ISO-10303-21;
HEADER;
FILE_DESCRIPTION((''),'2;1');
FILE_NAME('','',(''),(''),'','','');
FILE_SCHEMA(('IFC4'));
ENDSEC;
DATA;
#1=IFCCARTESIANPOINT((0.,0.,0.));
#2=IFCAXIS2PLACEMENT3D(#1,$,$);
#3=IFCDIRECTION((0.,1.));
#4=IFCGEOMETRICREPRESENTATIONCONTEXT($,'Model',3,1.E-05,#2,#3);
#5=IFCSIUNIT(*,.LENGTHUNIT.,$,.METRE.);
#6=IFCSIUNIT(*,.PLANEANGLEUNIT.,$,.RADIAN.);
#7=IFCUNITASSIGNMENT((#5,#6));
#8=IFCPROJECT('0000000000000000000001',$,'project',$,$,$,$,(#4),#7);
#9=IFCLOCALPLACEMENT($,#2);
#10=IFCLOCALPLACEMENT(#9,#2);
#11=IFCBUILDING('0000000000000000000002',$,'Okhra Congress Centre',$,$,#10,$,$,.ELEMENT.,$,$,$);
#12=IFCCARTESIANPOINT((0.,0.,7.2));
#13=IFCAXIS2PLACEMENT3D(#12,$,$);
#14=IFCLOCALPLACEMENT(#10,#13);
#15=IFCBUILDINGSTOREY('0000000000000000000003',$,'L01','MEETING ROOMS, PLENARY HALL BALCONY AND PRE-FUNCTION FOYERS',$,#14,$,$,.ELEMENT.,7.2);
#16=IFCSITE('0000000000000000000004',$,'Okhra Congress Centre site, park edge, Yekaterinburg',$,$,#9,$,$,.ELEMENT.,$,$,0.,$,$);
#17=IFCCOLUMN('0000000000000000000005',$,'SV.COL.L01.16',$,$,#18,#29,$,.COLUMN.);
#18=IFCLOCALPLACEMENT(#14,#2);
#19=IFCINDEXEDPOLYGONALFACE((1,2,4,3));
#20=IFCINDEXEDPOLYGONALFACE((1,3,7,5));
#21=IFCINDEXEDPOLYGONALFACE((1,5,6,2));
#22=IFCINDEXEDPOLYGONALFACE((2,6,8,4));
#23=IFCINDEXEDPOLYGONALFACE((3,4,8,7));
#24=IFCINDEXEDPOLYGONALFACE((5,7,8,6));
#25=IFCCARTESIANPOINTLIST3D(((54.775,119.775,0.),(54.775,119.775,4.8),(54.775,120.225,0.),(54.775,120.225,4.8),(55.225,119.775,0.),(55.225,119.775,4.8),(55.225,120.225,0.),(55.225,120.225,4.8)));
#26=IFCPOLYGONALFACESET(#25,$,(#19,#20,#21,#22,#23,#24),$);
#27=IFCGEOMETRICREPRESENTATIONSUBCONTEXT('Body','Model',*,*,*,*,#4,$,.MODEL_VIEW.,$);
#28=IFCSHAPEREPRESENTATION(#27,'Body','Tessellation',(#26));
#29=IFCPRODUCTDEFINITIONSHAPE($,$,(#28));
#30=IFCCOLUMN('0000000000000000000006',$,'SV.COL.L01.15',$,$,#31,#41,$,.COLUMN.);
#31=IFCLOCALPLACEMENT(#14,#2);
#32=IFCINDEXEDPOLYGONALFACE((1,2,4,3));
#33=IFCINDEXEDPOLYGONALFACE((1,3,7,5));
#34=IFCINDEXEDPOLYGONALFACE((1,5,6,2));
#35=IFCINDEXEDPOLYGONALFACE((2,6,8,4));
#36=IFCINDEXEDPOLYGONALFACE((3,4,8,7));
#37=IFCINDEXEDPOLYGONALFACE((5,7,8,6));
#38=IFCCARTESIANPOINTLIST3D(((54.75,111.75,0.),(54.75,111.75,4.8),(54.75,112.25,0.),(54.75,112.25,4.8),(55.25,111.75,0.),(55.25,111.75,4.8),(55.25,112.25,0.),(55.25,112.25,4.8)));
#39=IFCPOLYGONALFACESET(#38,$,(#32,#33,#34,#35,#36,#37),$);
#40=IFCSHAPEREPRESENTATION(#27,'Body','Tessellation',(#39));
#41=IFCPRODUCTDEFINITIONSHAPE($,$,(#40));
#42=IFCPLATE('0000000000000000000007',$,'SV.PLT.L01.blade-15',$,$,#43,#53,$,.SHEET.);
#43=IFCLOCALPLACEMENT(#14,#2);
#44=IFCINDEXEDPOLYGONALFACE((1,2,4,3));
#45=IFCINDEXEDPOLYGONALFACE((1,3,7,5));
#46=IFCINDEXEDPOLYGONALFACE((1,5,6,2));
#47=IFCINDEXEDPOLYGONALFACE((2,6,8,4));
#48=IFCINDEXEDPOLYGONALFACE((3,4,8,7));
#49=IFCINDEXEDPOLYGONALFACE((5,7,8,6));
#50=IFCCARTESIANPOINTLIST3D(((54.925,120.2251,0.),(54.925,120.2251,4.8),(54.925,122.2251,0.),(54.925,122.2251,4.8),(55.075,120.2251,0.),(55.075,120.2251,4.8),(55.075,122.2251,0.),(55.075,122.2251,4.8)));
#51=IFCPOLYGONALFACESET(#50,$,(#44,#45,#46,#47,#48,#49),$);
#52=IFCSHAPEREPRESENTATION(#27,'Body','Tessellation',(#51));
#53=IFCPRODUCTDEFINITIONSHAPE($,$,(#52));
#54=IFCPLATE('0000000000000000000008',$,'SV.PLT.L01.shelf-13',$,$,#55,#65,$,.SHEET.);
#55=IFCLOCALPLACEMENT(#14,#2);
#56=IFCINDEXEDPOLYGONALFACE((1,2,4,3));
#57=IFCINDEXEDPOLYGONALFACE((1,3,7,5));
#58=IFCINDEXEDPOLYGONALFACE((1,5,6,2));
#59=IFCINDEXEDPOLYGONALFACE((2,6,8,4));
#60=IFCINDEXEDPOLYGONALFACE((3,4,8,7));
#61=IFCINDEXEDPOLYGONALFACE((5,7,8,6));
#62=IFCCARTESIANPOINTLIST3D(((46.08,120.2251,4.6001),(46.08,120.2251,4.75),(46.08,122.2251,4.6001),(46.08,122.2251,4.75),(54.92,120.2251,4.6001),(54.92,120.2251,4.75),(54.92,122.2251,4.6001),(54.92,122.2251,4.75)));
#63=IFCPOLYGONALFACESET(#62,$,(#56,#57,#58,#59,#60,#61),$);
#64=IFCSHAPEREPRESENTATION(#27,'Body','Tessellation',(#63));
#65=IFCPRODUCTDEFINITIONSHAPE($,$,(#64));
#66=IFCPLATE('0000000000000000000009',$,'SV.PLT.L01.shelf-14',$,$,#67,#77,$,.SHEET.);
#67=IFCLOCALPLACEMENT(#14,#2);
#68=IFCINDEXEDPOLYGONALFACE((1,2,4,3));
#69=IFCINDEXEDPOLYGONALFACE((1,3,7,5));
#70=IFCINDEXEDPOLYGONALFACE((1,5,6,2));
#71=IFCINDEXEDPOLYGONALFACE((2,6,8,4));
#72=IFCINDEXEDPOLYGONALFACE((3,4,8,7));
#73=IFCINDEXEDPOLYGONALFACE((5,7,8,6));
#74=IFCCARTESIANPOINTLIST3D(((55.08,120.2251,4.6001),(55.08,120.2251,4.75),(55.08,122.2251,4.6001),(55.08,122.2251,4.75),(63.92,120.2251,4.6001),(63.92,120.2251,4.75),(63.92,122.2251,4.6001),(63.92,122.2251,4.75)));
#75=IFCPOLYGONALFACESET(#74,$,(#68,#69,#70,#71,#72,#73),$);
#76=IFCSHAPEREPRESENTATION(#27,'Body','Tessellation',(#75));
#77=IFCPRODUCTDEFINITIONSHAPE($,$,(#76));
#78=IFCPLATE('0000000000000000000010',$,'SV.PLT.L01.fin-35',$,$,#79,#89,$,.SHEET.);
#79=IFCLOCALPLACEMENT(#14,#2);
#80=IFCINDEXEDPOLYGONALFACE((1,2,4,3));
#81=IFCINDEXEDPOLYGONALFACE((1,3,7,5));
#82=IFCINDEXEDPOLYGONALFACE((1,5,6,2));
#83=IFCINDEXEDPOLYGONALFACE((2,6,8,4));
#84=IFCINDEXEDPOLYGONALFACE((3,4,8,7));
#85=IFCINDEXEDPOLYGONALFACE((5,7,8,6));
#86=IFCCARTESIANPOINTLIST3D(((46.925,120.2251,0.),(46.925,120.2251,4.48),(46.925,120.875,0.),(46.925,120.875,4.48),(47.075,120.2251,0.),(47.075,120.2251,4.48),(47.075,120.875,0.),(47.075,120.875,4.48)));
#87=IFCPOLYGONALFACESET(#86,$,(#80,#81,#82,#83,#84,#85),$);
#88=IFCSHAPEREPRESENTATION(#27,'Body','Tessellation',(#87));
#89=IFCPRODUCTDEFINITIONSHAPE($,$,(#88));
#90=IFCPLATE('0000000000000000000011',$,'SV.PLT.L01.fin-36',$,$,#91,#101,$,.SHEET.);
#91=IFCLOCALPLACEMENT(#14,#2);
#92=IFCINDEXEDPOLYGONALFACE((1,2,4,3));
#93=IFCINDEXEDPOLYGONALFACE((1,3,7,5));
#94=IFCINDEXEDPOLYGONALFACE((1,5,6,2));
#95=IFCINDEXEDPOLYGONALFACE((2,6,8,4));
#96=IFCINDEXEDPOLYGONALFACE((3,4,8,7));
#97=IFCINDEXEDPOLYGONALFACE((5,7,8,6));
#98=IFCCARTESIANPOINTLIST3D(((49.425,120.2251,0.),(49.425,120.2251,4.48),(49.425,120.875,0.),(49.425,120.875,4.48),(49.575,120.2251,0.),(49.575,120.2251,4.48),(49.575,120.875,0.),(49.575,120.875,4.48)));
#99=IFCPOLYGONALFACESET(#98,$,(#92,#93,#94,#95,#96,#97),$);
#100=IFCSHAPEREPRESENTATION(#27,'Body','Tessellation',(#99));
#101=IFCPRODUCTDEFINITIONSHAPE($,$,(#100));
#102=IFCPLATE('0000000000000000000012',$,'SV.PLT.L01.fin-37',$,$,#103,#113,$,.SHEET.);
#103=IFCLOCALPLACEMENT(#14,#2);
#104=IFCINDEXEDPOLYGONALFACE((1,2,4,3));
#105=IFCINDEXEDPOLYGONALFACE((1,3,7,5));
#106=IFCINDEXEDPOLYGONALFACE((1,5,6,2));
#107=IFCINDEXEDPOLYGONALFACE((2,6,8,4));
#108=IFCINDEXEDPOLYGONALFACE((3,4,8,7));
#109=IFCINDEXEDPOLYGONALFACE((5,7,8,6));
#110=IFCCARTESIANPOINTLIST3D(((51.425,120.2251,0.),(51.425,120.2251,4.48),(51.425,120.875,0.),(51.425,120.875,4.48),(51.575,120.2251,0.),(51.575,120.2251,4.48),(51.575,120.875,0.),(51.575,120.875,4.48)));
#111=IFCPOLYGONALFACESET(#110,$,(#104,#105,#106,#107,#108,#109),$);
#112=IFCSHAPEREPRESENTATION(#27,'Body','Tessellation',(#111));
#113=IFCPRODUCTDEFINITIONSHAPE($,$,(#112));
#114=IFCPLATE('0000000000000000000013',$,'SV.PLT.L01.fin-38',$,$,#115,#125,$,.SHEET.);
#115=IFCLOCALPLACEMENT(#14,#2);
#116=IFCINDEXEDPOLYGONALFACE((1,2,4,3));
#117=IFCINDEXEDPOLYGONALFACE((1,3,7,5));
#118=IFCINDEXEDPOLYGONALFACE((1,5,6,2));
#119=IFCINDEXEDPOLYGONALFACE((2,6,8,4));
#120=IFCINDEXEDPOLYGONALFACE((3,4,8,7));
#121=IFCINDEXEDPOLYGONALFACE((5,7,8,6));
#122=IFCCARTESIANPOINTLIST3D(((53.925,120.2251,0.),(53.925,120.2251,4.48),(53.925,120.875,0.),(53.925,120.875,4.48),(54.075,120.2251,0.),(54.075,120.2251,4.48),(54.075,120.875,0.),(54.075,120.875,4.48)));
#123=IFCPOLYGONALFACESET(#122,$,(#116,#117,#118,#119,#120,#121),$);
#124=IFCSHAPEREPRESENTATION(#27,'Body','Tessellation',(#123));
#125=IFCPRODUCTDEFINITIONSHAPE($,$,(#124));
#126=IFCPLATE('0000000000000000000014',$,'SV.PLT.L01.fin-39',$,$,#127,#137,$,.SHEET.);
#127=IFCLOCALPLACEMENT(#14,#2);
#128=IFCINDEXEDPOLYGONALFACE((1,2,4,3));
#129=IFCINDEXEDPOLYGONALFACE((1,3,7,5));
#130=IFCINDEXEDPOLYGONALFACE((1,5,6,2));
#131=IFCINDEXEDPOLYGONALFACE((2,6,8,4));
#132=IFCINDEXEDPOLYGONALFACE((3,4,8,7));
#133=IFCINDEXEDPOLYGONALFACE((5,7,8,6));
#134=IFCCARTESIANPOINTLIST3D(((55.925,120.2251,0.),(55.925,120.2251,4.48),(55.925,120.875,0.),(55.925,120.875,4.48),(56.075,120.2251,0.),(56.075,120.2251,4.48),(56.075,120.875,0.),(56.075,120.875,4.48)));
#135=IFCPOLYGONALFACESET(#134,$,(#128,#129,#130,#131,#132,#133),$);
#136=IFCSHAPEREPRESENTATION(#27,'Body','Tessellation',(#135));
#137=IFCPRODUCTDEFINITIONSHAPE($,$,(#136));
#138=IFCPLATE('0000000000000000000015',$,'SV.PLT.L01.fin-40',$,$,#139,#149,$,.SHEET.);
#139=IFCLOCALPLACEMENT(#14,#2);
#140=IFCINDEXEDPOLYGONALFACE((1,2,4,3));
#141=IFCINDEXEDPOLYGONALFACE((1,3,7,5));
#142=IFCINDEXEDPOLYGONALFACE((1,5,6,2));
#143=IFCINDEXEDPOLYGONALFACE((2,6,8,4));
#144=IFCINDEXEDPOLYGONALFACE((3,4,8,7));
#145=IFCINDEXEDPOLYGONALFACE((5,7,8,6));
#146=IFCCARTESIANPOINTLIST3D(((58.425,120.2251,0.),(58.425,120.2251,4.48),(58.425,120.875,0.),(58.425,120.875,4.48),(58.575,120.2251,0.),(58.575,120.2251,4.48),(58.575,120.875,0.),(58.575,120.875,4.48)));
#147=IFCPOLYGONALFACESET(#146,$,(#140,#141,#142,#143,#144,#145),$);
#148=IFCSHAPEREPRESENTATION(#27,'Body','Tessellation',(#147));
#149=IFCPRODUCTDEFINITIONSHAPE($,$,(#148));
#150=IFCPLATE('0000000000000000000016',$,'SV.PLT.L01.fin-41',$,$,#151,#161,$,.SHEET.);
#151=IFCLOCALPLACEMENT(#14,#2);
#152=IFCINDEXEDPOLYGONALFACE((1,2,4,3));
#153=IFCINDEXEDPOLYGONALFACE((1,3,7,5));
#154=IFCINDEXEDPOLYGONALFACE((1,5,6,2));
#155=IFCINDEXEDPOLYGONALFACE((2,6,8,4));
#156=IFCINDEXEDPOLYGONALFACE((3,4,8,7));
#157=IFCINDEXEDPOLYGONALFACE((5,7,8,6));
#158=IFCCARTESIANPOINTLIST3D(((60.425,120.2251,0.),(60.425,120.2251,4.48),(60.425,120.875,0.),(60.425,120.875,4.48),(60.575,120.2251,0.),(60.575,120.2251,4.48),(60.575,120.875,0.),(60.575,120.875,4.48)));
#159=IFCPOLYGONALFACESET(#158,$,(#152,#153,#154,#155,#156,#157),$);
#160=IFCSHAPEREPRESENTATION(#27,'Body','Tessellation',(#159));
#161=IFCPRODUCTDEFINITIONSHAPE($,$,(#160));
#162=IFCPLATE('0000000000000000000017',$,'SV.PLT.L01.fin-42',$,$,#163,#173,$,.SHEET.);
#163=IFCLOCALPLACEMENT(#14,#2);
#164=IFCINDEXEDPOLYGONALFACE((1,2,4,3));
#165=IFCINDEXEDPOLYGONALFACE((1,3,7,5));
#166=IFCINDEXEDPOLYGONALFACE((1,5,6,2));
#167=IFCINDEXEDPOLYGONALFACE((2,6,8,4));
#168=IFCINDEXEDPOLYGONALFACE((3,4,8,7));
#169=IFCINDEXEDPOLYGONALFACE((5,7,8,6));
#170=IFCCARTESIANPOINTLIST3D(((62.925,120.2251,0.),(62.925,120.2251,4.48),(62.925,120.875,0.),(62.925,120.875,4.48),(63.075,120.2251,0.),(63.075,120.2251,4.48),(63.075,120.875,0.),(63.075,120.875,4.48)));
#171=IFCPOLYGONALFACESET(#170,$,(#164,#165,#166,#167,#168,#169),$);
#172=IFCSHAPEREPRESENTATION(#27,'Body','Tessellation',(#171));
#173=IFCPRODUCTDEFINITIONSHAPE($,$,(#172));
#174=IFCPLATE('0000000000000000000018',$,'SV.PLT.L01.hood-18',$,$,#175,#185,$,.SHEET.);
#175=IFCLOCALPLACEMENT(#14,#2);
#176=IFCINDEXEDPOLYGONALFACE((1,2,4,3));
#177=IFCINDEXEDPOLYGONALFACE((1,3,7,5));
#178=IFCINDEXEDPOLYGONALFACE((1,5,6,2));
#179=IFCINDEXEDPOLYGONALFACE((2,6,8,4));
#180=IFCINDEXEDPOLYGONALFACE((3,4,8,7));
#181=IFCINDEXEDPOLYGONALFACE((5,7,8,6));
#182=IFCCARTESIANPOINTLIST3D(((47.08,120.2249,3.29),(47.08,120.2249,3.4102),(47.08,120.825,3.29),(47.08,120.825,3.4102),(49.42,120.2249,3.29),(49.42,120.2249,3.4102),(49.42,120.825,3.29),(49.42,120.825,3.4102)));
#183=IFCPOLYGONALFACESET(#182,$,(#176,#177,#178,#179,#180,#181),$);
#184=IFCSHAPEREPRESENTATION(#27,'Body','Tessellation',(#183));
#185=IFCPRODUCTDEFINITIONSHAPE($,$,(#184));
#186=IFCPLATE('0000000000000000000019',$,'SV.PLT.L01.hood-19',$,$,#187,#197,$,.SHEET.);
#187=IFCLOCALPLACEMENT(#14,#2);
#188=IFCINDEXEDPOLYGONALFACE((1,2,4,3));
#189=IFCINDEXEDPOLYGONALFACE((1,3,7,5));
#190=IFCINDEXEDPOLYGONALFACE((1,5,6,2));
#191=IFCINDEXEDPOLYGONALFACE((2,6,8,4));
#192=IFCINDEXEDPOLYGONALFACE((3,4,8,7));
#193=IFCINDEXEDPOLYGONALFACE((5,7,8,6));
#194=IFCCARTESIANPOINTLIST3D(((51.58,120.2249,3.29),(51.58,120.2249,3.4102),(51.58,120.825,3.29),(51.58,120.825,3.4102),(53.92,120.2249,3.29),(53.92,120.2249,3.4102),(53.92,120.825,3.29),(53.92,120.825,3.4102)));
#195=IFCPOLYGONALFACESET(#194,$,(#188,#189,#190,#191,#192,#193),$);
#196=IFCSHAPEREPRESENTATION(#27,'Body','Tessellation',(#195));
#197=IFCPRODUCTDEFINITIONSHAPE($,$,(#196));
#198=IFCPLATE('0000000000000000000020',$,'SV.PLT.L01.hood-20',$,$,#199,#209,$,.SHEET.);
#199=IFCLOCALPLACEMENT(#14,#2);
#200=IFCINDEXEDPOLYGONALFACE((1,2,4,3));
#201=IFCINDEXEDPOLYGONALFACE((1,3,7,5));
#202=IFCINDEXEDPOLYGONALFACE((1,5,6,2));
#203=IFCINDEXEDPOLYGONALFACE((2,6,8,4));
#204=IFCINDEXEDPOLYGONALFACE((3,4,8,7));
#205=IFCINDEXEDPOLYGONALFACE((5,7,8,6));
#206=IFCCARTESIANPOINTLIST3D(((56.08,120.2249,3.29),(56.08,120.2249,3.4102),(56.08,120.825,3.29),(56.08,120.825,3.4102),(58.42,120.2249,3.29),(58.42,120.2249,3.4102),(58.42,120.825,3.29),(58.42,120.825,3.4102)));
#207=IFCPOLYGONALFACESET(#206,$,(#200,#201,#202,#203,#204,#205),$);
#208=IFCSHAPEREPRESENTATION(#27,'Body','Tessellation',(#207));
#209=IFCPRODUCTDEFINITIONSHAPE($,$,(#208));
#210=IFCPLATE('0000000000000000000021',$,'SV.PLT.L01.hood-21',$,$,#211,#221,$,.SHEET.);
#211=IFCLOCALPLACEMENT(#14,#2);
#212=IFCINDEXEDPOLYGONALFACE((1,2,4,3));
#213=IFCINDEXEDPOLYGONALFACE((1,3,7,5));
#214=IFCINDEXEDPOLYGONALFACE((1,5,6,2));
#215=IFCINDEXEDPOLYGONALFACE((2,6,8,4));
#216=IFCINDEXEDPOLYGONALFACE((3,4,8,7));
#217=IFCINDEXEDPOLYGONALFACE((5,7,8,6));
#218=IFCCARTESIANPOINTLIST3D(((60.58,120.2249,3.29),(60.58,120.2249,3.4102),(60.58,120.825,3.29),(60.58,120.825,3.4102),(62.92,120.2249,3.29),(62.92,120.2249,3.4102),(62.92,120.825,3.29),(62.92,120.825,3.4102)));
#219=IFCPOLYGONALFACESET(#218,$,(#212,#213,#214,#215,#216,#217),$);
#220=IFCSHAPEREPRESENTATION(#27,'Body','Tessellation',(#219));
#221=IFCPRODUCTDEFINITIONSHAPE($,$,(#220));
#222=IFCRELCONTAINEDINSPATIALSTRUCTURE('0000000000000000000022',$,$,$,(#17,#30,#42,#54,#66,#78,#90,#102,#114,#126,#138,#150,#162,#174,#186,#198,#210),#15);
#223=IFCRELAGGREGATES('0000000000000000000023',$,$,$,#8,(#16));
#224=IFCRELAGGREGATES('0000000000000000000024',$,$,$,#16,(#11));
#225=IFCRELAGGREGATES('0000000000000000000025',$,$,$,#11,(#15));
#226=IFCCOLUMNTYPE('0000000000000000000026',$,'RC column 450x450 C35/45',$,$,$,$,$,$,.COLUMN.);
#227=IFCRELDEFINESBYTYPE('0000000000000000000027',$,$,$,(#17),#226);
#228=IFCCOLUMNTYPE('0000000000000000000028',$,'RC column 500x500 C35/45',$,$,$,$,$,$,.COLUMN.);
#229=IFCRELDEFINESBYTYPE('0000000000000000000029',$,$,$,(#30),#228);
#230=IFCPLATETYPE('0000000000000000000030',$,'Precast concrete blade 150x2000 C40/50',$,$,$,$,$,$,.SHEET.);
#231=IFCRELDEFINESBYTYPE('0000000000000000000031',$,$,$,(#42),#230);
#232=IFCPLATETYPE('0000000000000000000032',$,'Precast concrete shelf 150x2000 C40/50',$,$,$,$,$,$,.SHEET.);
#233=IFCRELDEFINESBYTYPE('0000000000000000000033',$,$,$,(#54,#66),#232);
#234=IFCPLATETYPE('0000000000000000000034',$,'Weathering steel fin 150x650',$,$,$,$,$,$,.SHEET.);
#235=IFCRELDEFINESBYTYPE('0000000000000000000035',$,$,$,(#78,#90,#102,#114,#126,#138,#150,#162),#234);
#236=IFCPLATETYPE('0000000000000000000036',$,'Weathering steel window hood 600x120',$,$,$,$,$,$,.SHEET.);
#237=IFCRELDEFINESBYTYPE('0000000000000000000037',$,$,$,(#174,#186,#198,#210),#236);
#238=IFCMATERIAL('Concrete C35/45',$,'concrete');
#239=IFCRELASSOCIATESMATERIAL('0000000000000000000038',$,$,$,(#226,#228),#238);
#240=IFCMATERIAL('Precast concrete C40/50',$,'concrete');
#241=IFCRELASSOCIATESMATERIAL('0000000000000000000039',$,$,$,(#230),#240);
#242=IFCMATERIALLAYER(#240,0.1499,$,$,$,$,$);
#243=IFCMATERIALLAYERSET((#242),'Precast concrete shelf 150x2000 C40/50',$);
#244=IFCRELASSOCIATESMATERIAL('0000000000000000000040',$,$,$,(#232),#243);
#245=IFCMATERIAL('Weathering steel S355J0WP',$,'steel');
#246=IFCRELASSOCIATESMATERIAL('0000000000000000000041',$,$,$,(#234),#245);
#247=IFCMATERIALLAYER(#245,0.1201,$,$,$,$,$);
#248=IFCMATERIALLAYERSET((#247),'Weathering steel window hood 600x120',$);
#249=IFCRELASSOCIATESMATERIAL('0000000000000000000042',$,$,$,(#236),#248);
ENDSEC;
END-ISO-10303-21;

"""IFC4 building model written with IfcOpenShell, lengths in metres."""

from ifc_helpers import new_model, si_unit, direction, frame, origin, origin_2d, place, context, subcontext, project, spatial, rectangle, extrude, material, layer, layer_set, material_profile, profile_set, type_object, element, save


model = new_model("IFC4")

# Units and contexts
model_context = context("Model", 3, precision=1e-05, world=origin(), true_north=direction((0.0, 1.0)))
body_context = subcontext(model_context, "Body", "Model", "MODEL_VIEW")
ifc_project = project(units=[si_unit("LENGTHUNIT", "METRE"), si_unit("PLANEANGLEUNIT", "RADIAN")], contexts=[model_context])

# Site, building, storey
site_placement = place(None, origin())
site = spatial("IfcSite", under=ifc_project, at=site_placement, Name="Okhra Congress Centre site, park edge, Yekaterinburg", CompositionType="ELEMENT", RefElevation=0.0)
building_placement = place(site_placement, origin())
building = spatial("IfcBuilding", under=site, at=building_placement, Name="Okhra Congress Centre", CompositionType="ELEMENT")
storey_placement = place(building_placement, frame((0.0, 0.0, 7.2)))
storey = spatial("IfcBuildingStorey", under=building, at=storey_placement, Name="L01", Description="MEETING ROOMS, PLENARY HALL BALCONY AND PRE-FUNCTION FOYERS", CompositionType="ELEMENT", Elevation=7.2)

# Columns
ifc_material_1 = material(Name="Concrete C35/45", Category="concrete")
ifc_material_profile_1 = material_profile(ifc_material_1, rectangle(XDim=0.45, YDim=0.45, at=origin_2d()), Name="RC 450x450")
ifc_profile_set_1 = profile_set([ifc_material_profile_1], Name="Concrete C35/45")
column_type_1 = type_object("IfcColumnType", Name="RC column 450x450 C35/45", PredefinedType="COLUMN", material=ifc_profile_set_1)
column_1_placement = place(storey_placement, frame((55.0, 120.0, 0.0), z_axis=(0.0, 0.0, 1.0), x_axis=(1.0, 0.0, 0.0)))
element("IfcColumn", 1, at=column_1_placement, inside=storey, type_object=column_type_1, Name="SV.COL.L01.16", PredefinedType="COLUMN", context=body_context, shape_type="SweptSolid", body=[
    extrude(rectangle(XDim=0.45, YDim=0.45, at=origin_2d()), origin(), (0.0, 0.0, 1.0), 4.8),
])
ifc_material_profile_2 = material_profile(ifc_material_1, rectangle(XDim=0.5, YDim=0.5, at=origin_2d()), Name="RC 500x500")
ifc_profile_set_2 = profile_set([ifc_material_profile_2], Name="Concrete C35/45")
column_type_2 = type_object("IfcColumnType", Name="RC column 500x500 C35/45", PredefinedType="COLUMN", material=ifc_profile_set_2)
column_2_placement = place(storey_placement, frame((55.0, 112.0, 0.0), z_axis=(0.0, 0.0, 1.0), x_axis=(1.0, 0.0, 0.0)))
element("IfcColumn", 2, at=column_2_placement, inside=storey, type_object=column_type_2, Name="SV.COL.L01.15", PredefinedType="COLUMN", context=body_context, shape_type="SweptSolid", body=[
    extrude(rectangle(XDim=0.5, YDim=0.5, at=origin_2d()), origin(), (0.0, 0.0, 1.0), 4.8),
])

# Plates
ifc_material_2 = material(Name="Precast concrete C40/50", Category="concrete")
plate_type_1 = type_object("IfcPlateType", Name="Precast concrete blade 150x2000 C40/50", PredefinedType="SHEET", material=ifc_material_2)
plate_placement = place(storey_placement, frame((55.0, 121.2251, 0.0), z_axis=(0.0, 0.0, 1.0), x_axis=(-1.0, 0.0, 0.0)))
element("IfcPlate", 3, at=plate_placement, inside=storey, type_object=plate_type_1, Name="SV.PLT.L01.blade-15", PredefinedType="SHEET", context=body_context, shape_type="SweptSolid", body=[
    extrude(rectangle(XDim=0.1499, YDim=2.0, at=origin_2d()), origin(), (0.0, 0.0, 1.0), 4.8),
])
ifc_layer_1 = layer(ifc_material_2, 0.1499)
ifc_layer_set_1 = layer_set([ifc_layer_1], Name="Precast concrete shelf 150x2000 C40/50")
plate_type_2 = type_object("IfcPlateType", Name="Precast concrete shelf 150x2000 C40/50", PredefinedType="SHEET", material=ifc_layer_set_1)
for number, where, z_axis, x_axis, name in (
    (4, (50.5, 121.2251, 4.6001), (0.0, 0.0, 1.0), (-1.0, 0.0, 0.0), "SV.PLT.L01.shelf-13"),
    (5, (59.5, 121.2251, 4.6001), (0.0, 0.0, 1.0), (-1.0, 0.0, 0.0), "SV.PLT.L01.shelf-14"),
):
    element("IfcPlate", number, at=place(storey_placement, frame(where, z_axis=z_axis, x_axis=x_axis)), inside=storey, type_object=plate_type_2, Name=name, PredefinedType="SHEET", context=body_context, shape_type="SweptSolid", body=[
        extrude(rectangle(XDim=8.8401, YDim=2.0, at=origin_2d()), origin(), (0.0, 0.0, 1.0), 0.1499),
    ])
ifc_material_3 = material(Name="Weathering steel S355J0WP", Category="steel")
plate_type_3 = type_object("IfcPlateType", Name="Weathering steel fin 150x650", PredefinedType="SHEET", material=ifc_material_3)
for number, where, z_axis, x_axis, name in (
    (6, (47.0, 120.55, 0.0), (0.0, 0.0, 1.0), (-1.0, 0.0, 0.0), "SV.PLT.L01.fin-35"),
    (7, (49.5, 120.55, 0.0), (0.0, 0.0, 1.0), (-1.0, 0.0, 0.0), "SV.PLT.L01.fin-36"),
    (8, (51.5, 120.55, 0.0), (0.0, 0.0, 1.0), (-1.0, 0.0, 0.0), "SV.PLT.L01.fin-37"),
    (9, (54.0, 120.55, 0.0), (0.0, 0.0, 1.0), (-1.0, 0.0, 0.0), "SV.PLT.L01.fin-38"),
    (10, (56.0, 120.55, 0.0), (0.0, 0.0, 1.0), (-1.0, 0.0, 0.0), "SV.PLT.L01.fin-39"),
    (11, (58.5, 120.55, 0.0), (0.0, 0.0, 1.0), (-1.0, 0.0, 0.0), "SV.PLT.L01.fin-40"),
    (12, (60.5, 120.55, 0.0), (0.0, 0.0, 1.0), (-1.0, 0.0, 0.0), "SV.PLT.L01.fin-41"),
    (13, (63.0, 120.55, 0.0), (0.0, 0.0, 1.0), (-1.0, 0.0, 0.0), "SV.PLT.L01.fin-42"),
):
    element("IfcPlate", number, at=place(storey_placement, frame(where, z_axis=z_axis, x_axis=x_axis)), inside=storey, type_object=plate_type_3, Name=name, PredefinedType="SHEET", context=body_context, shape_type="SweptSolid", body=[
        extrude(rectangle(XDim=0.1499, YDim=0.6499, at=origin_2d()), origin(), (0.0, 0.0, 1.0), 4.48),
    ])
ifc_layer_2 = layer(ifc_material_3, 0.1201)
ifc_layer_set_2 = layer_set([ifc_layer_2], Name="Weathering steel window hood 600x120")
plate_type_4 = type_object("IfcPlateType", Name="Weathering steel window hood 600x120", PredefinedType="SHEET", material=ifc_layer_set_2)
for number, where, z_axis, x_axis, name in (
    (14, (48.25, 120.5249, 3.29), (0.0, 0.0, 1.0), (-1.0, 0.0, 0.0), "SV.PLT.L01.hood-18"),
    (15, (52.75, 120.5249, 3.29), (0.0, 0.0, 1.0), (-1.0, 0.0, 0.0), "SV.PLT.L01.hood-19"),
    (16, (57.25, 120.5249, 3.29), (0.0, 0.0, 1.0), (-1.0, 0.0, 0.0), "SV.PLT.L01.hood-20"),
    (17, (61.75, 120.5249, 3.29), (0.0, 0.0, 1.0), (-1.0, 0.0, 0.0), "SV.PLT.L01.hood-21"),
):
    element("IfcPlate", number, at=place(storey_placement, frame(where, z_axis=z_axis, x_axis=x_axis)), inside=storey, type_object=plate_type_4, Name=name, PredefinedType="SHEET", context=body_context, shape_type="SweptSolid", body=[
        extrude(rectangle(XDim=2.3401, YDim=0.6001, at=origin_2d()), origin(), (0.0, 0.0, 1.0), 0.1201),
    ])

save(model, "model.ifc")
